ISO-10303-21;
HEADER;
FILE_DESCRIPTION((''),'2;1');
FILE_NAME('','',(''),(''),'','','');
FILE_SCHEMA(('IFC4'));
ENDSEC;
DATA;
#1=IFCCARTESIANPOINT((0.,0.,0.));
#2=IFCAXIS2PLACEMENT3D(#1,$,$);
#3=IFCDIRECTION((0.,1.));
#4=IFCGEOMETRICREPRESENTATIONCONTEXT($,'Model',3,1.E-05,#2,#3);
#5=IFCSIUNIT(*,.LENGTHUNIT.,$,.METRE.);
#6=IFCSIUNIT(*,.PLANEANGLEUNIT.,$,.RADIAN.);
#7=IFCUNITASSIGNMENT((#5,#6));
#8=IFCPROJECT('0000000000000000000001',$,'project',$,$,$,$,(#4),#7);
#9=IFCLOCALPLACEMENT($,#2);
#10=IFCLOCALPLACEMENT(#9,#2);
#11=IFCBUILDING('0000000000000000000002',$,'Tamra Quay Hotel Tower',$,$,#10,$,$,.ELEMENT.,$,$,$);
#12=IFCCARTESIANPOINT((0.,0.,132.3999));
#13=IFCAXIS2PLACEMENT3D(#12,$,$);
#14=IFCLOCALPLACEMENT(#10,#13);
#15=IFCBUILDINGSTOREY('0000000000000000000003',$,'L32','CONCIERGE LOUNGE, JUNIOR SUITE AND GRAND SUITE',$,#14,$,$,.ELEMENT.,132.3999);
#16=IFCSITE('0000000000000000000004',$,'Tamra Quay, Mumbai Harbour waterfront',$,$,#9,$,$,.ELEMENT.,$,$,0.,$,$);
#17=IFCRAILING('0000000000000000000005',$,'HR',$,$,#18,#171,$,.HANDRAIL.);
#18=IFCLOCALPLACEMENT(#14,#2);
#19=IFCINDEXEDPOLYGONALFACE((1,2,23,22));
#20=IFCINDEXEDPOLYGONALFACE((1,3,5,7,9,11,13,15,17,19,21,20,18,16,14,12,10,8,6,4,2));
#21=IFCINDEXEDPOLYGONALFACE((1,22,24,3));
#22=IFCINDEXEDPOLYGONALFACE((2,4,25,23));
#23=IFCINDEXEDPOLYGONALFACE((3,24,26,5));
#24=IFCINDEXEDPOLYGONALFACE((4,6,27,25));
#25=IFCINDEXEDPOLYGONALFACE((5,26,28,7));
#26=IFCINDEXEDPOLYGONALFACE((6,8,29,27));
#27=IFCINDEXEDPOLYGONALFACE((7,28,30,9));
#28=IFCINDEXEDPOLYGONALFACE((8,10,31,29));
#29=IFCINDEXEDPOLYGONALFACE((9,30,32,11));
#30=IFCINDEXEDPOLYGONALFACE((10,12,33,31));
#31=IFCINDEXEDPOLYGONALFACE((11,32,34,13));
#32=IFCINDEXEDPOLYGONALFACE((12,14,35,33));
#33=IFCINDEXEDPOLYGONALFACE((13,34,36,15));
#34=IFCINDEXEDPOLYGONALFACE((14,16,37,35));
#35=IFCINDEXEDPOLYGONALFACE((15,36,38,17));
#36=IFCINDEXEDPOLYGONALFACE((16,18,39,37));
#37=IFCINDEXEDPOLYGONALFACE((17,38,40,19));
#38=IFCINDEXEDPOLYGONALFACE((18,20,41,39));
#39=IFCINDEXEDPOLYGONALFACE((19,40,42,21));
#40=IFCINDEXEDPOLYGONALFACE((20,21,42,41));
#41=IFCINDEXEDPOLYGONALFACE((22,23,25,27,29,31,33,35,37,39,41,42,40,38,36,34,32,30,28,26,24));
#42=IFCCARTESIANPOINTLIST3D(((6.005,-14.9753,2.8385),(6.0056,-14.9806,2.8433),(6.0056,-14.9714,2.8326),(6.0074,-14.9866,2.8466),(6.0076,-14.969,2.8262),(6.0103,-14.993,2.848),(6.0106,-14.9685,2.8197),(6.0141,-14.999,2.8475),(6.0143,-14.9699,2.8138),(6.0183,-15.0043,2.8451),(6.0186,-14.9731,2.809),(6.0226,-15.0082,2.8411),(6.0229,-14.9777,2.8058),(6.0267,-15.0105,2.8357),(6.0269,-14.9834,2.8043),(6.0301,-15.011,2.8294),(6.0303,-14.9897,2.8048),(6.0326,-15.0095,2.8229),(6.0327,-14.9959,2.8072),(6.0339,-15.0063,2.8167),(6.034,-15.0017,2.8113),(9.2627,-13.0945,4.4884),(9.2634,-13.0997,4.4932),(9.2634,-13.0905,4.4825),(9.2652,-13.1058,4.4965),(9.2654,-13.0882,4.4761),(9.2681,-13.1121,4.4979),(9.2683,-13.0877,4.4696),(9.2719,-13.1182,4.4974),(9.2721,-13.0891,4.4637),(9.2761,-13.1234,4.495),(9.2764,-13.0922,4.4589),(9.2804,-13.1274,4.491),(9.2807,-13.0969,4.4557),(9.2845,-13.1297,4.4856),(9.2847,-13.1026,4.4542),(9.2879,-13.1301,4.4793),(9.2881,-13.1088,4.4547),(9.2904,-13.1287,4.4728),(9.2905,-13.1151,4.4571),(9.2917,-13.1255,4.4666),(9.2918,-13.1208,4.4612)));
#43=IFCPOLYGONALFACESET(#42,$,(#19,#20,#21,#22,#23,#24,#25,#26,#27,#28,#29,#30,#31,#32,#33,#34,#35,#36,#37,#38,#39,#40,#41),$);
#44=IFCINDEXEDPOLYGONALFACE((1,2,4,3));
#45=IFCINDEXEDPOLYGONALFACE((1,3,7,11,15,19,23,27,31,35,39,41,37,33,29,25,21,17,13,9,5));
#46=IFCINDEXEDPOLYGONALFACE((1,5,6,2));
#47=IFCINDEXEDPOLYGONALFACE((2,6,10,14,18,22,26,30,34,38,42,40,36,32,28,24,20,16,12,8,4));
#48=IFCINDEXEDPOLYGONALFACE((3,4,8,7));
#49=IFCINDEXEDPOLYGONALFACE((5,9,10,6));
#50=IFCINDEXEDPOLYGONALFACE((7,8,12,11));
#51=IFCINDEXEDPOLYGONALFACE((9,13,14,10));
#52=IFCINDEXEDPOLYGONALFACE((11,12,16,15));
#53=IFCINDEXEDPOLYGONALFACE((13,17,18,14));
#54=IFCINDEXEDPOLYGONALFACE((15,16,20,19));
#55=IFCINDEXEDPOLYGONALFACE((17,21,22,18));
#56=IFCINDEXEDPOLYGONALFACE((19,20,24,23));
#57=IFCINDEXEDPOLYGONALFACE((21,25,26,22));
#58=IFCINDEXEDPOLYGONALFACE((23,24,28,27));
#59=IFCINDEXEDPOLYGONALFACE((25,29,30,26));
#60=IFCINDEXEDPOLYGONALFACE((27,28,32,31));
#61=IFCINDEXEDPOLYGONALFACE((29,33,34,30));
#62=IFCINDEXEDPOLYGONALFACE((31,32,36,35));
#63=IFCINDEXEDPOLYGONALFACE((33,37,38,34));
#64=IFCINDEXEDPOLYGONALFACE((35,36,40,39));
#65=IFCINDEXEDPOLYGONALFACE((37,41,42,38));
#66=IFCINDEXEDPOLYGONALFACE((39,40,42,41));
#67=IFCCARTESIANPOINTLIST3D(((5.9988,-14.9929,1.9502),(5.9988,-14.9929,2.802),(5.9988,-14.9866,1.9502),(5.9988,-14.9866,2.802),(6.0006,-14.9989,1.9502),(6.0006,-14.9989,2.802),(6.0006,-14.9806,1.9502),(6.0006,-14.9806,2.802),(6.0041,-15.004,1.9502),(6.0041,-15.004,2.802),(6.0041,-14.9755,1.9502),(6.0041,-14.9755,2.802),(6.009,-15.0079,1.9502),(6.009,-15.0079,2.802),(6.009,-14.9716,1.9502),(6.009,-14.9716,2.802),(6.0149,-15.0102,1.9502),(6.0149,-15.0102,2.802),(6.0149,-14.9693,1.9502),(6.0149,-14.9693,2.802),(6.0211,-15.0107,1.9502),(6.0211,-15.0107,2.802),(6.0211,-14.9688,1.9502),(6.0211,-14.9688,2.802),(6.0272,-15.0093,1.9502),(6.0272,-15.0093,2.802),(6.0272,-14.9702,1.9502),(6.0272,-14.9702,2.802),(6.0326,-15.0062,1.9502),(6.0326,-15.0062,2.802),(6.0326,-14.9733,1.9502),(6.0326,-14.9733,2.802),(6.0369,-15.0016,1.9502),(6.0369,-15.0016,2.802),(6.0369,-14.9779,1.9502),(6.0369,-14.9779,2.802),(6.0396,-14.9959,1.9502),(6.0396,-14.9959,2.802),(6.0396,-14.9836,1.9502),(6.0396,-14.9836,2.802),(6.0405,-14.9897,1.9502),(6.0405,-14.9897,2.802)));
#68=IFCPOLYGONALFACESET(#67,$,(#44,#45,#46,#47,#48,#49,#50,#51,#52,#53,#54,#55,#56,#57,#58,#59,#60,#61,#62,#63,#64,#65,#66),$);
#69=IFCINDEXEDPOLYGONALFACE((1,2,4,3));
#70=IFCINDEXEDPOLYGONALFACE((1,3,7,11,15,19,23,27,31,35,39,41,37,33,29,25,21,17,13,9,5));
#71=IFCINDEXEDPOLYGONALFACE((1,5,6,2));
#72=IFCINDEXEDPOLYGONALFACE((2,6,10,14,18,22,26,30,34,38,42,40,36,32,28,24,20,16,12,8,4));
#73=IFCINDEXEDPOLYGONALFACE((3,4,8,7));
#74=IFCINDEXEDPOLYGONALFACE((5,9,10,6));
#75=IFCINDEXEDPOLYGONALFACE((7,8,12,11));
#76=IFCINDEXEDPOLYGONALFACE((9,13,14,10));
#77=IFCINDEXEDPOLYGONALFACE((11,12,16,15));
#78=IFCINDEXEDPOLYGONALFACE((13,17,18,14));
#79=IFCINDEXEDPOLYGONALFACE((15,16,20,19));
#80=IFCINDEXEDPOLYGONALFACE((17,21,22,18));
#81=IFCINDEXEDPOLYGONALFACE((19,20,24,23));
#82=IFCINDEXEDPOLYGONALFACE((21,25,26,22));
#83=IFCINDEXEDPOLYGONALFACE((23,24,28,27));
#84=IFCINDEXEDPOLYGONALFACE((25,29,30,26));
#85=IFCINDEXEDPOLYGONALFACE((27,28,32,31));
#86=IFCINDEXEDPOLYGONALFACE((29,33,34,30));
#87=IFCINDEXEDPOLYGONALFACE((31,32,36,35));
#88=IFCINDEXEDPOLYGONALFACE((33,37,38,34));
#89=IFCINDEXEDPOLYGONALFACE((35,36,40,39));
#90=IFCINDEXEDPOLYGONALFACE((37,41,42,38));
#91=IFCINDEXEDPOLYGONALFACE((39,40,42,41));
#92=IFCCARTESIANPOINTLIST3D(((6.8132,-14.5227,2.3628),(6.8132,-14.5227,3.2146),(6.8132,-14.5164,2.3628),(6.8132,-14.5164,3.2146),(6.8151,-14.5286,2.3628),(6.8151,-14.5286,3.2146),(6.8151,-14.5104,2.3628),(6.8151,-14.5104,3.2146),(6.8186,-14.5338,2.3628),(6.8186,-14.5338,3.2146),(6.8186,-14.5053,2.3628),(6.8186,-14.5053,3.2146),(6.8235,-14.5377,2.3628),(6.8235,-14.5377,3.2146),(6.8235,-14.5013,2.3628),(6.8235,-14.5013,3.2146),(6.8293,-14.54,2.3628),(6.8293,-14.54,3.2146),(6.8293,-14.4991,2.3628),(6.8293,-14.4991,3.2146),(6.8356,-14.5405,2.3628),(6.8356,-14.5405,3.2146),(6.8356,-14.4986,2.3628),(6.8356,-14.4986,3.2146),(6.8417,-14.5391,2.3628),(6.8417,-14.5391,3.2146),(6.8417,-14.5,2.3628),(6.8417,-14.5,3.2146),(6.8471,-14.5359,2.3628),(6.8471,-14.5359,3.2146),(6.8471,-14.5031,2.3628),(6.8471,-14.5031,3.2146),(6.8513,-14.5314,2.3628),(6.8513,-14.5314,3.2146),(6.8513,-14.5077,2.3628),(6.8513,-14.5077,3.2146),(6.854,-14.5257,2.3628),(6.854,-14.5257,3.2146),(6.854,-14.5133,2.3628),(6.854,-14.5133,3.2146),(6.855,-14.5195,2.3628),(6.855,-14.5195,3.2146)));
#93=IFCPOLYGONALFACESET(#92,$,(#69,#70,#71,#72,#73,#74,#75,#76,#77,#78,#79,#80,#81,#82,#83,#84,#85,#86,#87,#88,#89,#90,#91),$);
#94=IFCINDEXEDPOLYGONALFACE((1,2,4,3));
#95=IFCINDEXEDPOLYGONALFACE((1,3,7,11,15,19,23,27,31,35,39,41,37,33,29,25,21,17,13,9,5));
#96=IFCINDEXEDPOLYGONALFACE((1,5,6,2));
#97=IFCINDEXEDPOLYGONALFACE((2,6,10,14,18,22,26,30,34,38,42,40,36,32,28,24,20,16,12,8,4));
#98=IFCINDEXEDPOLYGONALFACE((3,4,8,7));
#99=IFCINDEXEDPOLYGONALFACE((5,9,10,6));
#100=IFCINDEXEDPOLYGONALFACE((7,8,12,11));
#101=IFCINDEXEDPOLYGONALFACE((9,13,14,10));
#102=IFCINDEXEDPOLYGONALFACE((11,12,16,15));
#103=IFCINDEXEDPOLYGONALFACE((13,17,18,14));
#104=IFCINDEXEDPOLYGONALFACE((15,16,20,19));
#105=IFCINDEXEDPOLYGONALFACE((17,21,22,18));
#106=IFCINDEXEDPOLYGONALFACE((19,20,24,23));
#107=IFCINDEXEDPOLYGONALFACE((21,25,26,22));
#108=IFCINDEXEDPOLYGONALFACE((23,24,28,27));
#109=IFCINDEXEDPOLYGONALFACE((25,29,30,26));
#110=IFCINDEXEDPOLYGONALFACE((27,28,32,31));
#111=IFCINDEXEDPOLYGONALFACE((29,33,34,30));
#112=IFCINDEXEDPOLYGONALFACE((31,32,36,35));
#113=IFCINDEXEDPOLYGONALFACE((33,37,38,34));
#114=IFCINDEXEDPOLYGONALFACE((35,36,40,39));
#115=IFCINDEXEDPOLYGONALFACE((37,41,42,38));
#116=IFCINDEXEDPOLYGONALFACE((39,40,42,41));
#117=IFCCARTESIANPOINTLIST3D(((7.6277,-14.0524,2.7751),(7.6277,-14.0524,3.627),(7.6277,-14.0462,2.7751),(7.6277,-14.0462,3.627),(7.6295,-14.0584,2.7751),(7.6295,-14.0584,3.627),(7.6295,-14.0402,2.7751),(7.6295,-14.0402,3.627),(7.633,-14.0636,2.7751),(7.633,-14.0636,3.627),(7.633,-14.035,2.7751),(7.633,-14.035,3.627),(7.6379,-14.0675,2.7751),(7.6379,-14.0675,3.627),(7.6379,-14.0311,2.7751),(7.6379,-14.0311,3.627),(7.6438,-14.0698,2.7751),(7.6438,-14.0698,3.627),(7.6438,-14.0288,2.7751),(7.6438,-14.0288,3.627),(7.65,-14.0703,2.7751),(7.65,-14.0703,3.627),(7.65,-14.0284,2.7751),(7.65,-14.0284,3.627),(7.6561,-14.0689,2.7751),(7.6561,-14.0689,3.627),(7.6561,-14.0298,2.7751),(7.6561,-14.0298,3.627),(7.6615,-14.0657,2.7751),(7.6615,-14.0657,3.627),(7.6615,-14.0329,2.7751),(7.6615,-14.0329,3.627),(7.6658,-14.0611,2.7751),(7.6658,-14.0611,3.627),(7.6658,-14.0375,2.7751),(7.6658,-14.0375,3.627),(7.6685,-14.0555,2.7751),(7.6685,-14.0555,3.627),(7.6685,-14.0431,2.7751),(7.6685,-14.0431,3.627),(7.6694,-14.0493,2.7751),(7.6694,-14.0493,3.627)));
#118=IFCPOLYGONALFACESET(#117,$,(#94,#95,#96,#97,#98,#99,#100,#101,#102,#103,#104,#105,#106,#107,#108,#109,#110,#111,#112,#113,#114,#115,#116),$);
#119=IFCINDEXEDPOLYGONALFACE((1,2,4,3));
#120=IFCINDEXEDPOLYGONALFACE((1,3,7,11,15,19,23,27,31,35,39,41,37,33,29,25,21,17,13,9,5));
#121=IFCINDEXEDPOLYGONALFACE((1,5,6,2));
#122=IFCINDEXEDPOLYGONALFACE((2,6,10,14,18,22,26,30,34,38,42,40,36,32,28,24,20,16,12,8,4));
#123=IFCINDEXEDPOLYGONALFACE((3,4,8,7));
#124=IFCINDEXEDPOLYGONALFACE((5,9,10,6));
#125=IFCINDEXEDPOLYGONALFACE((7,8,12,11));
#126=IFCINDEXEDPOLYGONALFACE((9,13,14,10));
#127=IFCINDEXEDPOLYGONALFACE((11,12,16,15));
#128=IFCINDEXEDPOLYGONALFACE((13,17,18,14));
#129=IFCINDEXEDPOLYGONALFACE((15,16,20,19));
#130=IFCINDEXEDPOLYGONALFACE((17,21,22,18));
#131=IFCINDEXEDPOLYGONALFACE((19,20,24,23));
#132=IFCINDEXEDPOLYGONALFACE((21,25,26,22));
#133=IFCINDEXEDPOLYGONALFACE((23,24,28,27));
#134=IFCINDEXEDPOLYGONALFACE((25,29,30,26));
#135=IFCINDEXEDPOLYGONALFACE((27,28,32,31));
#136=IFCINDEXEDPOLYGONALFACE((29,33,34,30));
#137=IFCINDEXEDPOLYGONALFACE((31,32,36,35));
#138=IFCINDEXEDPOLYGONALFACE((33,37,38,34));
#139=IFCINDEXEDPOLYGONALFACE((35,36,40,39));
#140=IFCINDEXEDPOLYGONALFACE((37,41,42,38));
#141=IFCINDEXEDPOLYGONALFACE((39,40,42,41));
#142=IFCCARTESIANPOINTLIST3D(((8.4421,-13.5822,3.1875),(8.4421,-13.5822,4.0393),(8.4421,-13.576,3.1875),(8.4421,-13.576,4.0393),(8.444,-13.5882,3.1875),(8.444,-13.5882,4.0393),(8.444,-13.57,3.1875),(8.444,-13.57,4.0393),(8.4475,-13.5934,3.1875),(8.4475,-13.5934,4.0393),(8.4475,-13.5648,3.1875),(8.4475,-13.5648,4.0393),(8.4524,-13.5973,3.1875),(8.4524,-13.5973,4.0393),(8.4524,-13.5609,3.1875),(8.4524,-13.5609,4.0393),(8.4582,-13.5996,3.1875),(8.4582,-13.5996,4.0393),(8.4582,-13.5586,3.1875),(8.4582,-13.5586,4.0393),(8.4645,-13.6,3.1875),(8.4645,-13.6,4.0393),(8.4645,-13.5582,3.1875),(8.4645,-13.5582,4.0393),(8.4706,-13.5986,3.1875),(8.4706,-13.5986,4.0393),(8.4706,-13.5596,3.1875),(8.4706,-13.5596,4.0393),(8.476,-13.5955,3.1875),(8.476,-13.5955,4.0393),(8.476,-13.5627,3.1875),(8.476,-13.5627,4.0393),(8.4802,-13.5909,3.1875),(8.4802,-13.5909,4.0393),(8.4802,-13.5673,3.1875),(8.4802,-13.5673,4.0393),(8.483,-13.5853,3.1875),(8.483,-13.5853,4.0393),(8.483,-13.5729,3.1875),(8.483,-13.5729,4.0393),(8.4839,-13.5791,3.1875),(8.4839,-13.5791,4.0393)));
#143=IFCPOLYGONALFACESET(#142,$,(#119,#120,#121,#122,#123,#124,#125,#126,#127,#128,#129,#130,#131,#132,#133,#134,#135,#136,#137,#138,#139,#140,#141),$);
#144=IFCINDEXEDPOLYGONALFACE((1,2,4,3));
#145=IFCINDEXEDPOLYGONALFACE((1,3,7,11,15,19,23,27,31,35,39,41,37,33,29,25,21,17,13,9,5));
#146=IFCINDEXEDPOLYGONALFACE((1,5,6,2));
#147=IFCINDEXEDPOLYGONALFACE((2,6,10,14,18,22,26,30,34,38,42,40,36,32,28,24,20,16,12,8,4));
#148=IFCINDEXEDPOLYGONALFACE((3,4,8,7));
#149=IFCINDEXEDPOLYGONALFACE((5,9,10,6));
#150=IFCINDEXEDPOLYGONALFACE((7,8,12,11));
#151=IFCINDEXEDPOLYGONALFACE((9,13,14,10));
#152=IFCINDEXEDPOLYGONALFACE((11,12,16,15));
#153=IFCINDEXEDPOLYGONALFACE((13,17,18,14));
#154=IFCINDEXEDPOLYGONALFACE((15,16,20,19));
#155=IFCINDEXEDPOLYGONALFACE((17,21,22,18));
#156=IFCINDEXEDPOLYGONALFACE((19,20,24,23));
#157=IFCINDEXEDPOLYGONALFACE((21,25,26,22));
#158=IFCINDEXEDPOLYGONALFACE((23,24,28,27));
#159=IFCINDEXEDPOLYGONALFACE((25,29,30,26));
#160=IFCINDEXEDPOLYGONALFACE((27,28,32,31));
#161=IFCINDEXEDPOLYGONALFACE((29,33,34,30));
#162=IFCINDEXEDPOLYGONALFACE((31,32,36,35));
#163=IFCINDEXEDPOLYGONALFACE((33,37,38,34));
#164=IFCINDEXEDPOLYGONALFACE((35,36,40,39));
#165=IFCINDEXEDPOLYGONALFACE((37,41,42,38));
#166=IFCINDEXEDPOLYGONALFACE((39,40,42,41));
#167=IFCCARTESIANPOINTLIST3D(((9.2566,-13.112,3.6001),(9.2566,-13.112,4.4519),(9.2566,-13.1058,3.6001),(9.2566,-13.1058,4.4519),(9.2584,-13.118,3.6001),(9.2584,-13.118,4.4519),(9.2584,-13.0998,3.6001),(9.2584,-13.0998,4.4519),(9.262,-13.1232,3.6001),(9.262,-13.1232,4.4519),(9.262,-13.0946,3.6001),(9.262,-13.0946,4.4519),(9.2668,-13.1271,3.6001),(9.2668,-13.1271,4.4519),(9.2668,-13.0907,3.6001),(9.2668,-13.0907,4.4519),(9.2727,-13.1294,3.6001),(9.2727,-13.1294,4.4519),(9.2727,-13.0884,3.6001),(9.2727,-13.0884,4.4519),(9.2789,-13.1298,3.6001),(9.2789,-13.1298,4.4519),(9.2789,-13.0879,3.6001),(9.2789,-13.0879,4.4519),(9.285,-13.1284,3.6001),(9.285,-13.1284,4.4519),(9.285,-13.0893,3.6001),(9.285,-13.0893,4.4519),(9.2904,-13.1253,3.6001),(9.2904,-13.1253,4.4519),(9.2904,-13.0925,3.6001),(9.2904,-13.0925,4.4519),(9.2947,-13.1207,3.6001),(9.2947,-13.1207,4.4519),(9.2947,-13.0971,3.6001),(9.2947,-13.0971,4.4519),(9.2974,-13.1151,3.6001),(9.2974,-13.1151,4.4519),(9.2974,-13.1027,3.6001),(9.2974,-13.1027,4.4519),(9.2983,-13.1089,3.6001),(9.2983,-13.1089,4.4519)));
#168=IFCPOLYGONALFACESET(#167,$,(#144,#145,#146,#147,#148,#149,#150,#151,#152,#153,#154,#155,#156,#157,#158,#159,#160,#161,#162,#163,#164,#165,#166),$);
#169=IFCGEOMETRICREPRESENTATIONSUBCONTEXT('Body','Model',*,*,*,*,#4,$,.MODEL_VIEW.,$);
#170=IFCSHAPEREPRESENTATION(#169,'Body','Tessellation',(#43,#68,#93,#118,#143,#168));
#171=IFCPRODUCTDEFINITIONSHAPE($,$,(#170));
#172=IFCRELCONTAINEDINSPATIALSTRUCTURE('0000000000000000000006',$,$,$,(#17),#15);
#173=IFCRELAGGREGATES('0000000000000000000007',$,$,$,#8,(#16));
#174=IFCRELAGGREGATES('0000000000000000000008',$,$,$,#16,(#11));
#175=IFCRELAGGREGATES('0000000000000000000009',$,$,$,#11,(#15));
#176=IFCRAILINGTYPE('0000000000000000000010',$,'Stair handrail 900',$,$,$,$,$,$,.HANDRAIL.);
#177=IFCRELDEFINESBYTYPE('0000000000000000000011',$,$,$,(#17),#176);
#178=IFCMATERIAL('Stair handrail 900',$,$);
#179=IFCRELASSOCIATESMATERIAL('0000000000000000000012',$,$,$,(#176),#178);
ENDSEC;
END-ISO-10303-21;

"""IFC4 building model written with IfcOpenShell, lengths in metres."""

from ifc_helpers import new_model, si_unit, direction, frame, origin, origin_2d, place, context, subcontext, project, spatial, circle, extrude, material, type_object, element, save


model = new_model("IFC4")

# Units and contexts
model_context = context("Model", 3, precision=1e-05, world=origin(), true_north=direction((0.0, 1.0)))
body_context = subcontext(model_context, "Body", "Model", "MODEL_VIEW")
ifc_project = project(units=[si_unit("LENGTHUNIT", "METRE"), si_unit("PLANEANGLEUNIT", "RADIAN")], contexts=[model_context])

# Site, building, storey
site_placement = place(None, origin())
site = spatial("IfcSite", under=ifc_project, at=site_placement, Name="Tamra Quay, Mumbai Harbour waterfront", CompositionType="ELEMENT", RefElevation=0.0)
building_placement = place(site_placement, origin())
building = spatial("IfcBuilding", under=site, at=building_placement, Name="Tamra Quay Hotel Tower", CompositionType="ELEMENT")
storey_placement = place(building_placement, frame((0.0, 0.0, 132.3999)))
storey = spatial("IfcBuildingStorey", under=building, at=storey_placement, Name="L32", Description="CONCIERGE LOUNGE, JUNIOR SUITE AND GRAND SUITE", CompositionType="ELEMENT", Elevation=132.3999)

# Railing
ifc_material_1 = material(Name="Stair handrail 900")
railing_type_1 = type_object("IfcRailingType", Name="Stair handrail 900", PredefinedType="HANDRAIL", material=ifc_material_1)
railing_1_placement = place(storey_placement, frame((6.0195, -14.9897, 1.9502)))
element("IfcRailing", 1, at=railing_1_placement, inside=storey, type_object=railing_type_1, Name="HR", PredefinedType="HANDRAIL", context=body_context, shape_type="SweptSolid", body=[
    extrude(circle(Radius=0.0239, at=origin_2d()), frame((0.0, 0.0, 0.876), z_axis=(0.7931, 0.457887, 0.401661), x_axis=(-0.499992, 0.86603, 0.0)), (0.0, 0.0, 1.0), 4.1077),
    extrude(circle(Radius=0.021, at=origin_2d()), origin(), (0.0, 0.0, 1.0), 0.8518),
    extrude(circle(Radius=0.021, at=origin_2d()), frame((0.8145, 0.4702, 0.4126)), (0.0, 0.0, 1.0), 0.8518),
    extrude(circle(Radius=0.021, at=origin_2d()), frame((1.6289, 0.9404, 0.825)), (0.0, 0.0, 1.0), 0.8518),
    extrude(circle(Radius=0.021, at=origin_2d()), frame((2.4434, 1.4106, 1.2373)), (0.0, 0.0, 1.0), 0.8518),
    extrude(circle(Radius=0.021, at=origin_2d()), frame((3.2578, 1.8809, 1.6499)), (0.0, 0.0, 1.0), 0.8518),
])

save(model, "model.ifc")
